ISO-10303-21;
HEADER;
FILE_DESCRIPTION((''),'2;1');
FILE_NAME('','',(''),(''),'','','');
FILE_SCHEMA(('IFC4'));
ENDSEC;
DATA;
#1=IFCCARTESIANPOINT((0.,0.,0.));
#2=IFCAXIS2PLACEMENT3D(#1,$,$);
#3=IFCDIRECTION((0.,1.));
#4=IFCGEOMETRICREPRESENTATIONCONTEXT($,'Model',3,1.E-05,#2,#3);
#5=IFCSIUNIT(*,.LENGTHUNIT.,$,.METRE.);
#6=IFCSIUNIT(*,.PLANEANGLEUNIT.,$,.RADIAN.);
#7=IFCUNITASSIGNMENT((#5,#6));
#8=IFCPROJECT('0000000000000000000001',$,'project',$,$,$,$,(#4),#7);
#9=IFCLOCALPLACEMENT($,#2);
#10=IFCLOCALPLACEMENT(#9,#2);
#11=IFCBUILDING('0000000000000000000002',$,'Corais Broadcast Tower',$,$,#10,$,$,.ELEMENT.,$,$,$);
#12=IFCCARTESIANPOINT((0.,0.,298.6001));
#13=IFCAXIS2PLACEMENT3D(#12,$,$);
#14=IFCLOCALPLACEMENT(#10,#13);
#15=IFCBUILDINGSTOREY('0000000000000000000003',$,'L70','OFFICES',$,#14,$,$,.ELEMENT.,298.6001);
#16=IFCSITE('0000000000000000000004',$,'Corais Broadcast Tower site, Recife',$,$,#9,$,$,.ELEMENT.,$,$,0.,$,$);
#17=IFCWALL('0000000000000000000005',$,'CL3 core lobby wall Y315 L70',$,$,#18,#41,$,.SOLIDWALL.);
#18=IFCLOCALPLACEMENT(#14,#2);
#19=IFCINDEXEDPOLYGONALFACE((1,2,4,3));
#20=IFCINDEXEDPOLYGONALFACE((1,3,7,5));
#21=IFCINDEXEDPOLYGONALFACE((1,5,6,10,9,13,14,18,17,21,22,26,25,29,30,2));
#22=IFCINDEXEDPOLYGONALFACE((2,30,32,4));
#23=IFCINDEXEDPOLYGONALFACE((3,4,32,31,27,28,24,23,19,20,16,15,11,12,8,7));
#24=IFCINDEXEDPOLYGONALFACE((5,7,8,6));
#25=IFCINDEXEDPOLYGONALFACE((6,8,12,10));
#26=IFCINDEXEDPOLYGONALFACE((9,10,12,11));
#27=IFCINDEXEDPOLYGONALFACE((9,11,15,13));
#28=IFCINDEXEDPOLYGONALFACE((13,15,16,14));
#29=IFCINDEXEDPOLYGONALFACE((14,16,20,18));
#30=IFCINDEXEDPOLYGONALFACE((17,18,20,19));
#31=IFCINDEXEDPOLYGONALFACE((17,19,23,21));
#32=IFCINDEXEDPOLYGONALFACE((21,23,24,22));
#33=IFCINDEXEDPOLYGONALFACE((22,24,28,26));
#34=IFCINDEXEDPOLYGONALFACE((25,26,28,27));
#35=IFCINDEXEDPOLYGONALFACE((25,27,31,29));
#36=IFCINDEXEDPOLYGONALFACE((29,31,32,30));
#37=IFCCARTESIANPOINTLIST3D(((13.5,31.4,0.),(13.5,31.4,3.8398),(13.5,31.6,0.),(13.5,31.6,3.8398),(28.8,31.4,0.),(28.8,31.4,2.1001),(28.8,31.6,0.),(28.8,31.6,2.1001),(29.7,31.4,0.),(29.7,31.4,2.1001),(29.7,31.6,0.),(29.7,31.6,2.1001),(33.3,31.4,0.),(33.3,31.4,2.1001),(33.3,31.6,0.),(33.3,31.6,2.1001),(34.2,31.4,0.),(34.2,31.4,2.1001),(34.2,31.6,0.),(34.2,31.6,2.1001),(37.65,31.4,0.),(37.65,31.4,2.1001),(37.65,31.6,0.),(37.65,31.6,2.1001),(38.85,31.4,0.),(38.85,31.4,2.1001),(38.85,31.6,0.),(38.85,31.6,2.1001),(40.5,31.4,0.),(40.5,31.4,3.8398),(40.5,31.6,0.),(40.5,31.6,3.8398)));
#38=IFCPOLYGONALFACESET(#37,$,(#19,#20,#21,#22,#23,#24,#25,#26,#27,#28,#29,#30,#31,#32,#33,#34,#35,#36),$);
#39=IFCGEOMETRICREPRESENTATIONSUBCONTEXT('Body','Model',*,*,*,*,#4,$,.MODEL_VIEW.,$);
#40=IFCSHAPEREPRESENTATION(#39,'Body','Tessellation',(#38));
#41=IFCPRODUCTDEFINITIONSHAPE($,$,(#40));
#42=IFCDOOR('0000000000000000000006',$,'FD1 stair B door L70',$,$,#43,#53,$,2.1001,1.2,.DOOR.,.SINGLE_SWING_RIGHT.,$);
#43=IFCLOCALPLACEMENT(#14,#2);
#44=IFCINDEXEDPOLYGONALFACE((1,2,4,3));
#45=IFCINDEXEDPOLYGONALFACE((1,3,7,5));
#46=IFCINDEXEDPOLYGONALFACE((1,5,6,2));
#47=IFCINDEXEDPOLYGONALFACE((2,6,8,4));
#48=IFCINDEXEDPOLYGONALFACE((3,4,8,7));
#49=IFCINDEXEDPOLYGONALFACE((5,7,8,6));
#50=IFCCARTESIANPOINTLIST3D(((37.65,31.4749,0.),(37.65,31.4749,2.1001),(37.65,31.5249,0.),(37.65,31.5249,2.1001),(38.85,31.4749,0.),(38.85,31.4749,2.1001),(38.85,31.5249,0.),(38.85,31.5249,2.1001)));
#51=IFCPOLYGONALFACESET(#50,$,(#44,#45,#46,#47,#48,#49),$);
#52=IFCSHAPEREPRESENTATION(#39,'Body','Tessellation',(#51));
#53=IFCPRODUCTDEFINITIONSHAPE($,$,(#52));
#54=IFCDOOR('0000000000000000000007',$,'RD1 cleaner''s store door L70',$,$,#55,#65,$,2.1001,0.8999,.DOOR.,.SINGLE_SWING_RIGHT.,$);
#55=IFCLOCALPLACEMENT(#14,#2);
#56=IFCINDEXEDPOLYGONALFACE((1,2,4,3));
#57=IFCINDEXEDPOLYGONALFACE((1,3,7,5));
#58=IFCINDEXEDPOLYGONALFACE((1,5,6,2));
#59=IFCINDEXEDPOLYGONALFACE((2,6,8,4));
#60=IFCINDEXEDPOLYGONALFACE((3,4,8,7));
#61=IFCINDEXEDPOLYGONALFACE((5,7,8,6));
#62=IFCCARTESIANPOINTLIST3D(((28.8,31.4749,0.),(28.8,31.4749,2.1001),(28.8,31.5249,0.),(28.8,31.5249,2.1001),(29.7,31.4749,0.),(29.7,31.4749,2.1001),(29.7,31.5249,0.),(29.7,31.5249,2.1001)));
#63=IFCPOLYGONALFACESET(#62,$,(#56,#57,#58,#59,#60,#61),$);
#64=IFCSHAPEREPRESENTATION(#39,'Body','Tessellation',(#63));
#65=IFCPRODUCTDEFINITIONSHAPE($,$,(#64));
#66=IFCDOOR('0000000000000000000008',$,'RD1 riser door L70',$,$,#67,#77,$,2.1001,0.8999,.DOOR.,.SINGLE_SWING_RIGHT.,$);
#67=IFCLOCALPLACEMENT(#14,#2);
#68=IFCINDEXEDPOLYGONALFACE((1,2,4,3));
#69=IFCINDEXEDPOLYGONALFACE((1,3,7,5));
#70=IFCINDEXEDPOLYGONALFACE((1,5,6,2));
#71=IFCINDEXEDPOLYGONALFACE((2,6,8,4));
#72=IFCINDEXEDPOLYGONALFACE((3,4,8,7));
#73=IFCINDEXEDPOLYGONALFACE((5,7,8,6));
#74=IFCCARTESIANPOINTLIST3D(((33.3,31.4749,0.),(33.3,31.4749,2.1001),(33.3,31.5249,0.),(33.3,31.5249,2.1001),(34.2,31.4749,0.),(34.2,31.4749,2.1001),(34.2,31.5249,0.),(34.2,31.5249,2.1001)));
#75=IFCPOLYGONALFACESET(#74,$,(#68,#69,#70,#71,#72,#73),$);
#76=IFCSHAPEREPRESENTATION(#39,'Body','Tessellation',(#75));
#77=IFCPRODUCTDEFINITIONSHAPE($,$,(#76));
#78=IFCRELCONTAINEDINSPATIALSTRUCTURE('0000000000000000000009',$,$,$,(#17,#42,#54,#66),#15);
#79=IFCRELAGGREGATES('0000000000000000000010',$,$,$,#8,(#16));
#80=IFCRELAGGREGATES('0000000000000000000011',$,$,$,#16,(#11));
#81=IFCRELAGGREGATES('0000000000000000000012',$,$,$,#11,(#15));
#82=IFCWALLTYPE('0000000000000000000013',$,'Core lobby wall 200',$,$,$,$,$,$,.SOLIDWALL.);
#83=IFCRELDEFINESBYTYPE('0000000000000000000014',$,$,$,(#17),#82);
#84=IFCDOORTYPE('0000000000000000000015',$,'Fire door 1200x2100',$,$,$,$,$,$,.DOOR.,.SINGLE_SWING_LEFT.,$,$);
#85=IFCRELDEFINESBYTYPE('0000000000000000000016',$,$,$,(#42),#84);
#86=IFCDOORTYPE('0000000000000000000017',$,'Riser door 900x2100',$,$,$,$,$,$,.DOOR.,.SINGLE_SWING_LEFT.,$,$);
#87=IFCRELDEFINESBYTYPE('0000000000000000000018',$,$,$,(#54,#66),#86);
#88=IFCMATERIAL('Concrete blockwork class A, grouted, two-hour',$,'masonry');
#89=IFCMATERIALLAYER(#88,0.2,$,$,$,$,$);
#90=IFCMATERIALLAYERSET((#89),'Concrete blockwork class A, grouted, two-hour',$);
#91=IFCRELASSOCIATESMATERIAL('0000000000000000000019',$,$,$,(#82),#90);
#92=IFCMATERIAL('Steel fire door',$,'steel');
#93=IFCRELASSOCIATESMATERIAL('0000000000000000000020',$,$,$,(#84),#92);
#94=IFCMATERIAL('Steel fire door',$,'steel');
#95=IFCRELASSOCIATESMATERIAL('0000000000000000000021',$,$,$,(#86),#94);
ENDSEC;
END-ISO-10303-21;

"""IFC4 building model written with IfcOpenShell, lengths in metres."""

from ifc_helpers import new_model, si_unit, direction, frame, frame_2d, origin, place, context, subcontext, project, spatial, rectangle, extrude, material, layer, layer_set, type_object, element, fill, save


model = new_model("IFC4")

# Units and contexts
model_context = context("Model", 3, precision=1e-05, world=origin(), true_north=direction((0.0, 1.0)))
body_context = subcontext(model_context, "Body", "Model", "MODEL_VIEW")
ifc_project = project(units=[si_unit("LENGTHUNIT", "METRE"), si_unit("PLANEANGLEUNIT", "RADIAN")], contexts=[model_context])

# Site, building, storey
site_placement = place(None, origin())
site = spatial("IfcSite", under=ifc_project, at=site_placement, Name="Corais Broadcast Tower site, Recife", CompositionType="ELEMENT", RefElevation=0.0)
building_placement = place(site_placement, origin())
building = spatial("IfcBuilding", under=site, at=building_placement, Name="Corais Broadcast Tower", CompositionType="ELEMENT")
storey_placement = place(building_placement, frame((0.0, 0.0, 298.6001)))
storey = spatial("IfcBuildingStorey", under=building, at=storey_placement, Name="L70", Description="OFFICES", CompositionType="ELEMENT", Elevation=298.6001)

# Wall, openings, doors
ifc_material_1 = material(Name="Concrete blockwork class A, grouted, two-hour", Category="masonry")
ifc_layer_1 = layer(ifc_material_1, 0.2)
ifc_layer_set_1 = layer_set([ifc_layer_1], Name="Concrete blockwork class A, grouted, two-hour")
wall_type_1 = type_object("IfcWallType", Name="Core lobby wall 200", PredefinedType="SOLIDWALL", material=ifc_layer_set_1)
wall_1_placement = place(storey_placement, frame((13.5, 31.5, 0.0), z_axis=(0.0, 0.0, 1.0), x_axis=(1.0, 0.0, 0.0)))
wall_1 = element("IfcWall", 1, at=wall_1_placement, inside=storey, type_object=wall_type_1, Name="CL3 core lobby wall Y315 L70", PredefinedType="SOLIDWALL", context=body_context, shape_type="SweptSolid", body=[
    extrude(rectangle(XDim=27.0, YDim=0.2, at=frame_2d((13.5, 0.0))), origin(), (0.0, 0.0, 1.0), 3.8398),
])
opening_1_placement = place(wall_1_placement, frame((24.1499, 0.0, 0.0)))
opening_1 = element("IfcOpeningElement", 2, at=opening_1_placement, cuts=wall_1, PredefinedType="OPENING", context=body_context, shape_type="SweptSolid", body=[
    extrude(rectangle(XDim=1.2, YDim=2.1001, at=frame_2d((0.6001, 1.05))), frame((0.0, 0.1099, 0.0), z_axis=(0.0, -1.0, 0.0), x_axis=(1.0, 0.0, 0.0)), (0.0, 0.0, 1.0), 0.22),
])
opening_2_placement = place(wall_1_placement, frame((15.3, 0.0, 0.0)))
opening_2 = element("IfcOpeningElement", 3, at=opening_2_placement, cuts=wall_1, PredefinedType="OPENING", context=body_context, shape_type="SweptSolid", body=[
    extrude(rectangle(XDim=0.8999, YDim=2.1001, at=frame_2d((0.45, 1.05))), frame((0.0, 0.1099, 0.0), z_axis=(0.0, -1.0, 0.0), x_axis=(1.0, 0.0, 0.0)), (0.0, 0.0, 1.0), 0.22),
])
opening_3_placement = place(wall_1_placement, frame((19.8, 0.0, 0.0)))
opening_3 = element("IfcOpeningElement", 4, at=opening_3_placement, cuts=wall_1, PredefinedType="OPENING", context=body_context, shape_type="SweptSolid", body=[
    extrude(rectangle(XDim=0.8999, YDim=2.1001, at=frame_2d((0.45, 1.05))), frame((0.0, 0.1099, 0.0), z_axis=(0.0, -1.0, 0.0), x_axis=(1.0, 0.0, 0.0)), (0.0, 0.0, 1.0), 0.22),
])
ifc_material_2 = material(Name="Steel fire door", Category="steel")
door_type_1 = type_object("IfcDoorType", Name="Fire door 1200x2100", OperationType="SINGLE_SWING_LEFT", PredefinedType="DOOR", material=ifc_material_2)
door_1_placement = place(opening_1_placement, origin())
door_1 = element("IfcDoor", 5, at=door_1_placement, inside=storey, type_object=door_type_1, Name="FD1 stair B door L70", OperationType="SINGLE_SWING_RIGHT", OverallHeight=2.1001, OverallWidth=1.2, PredefinedType="DOOR", context=body_context, shape_type="SweptSolid", body=[
    extrude(rectangle(XDim=1.2, YDim=2.1001, at=frame_2d((0.6001, 1.05))), frame((0.0, 0.0249, 0.0), z_axis=(0.0, -1.0, 0.0), x_axis=(1.0, 0.0, 0.0)), (0.0, 0.0, 1.0), 0.05),
])
fill(opening_1, door_1)
ifc_material_3 = material(Name="Steel fire door", Category="steel")
door_type_2 = type_object("IfcDoorType", Name="Riser door 900x2100", OperationType="SINGLE_SWING_LEFT", PredefinedType="DOOR", material=ifc_material_3)
door_2_placement = place(opening_2_placement, origin())
door_2 = element("IfcDoor", 6, at=door_2_placement, inside=storey, type_object=door_type_2, Name="RD1 cleaner's store door L70", OperationType="SINGLE_SWING_RIGHT", OverallHeight=2.1001, OverallWidth=0.8999, PredefinedType="DOOR", context=body_context, shape_type="SweptSolid", body=[
    extrude(rectangle(XDim=0.8999, YDim=2.1001, at=frame_2d((0.45, 1.05))), frame((0.0, 0.0249, 0.0), z_axis=(0.0, -1.0, 0.0), x_axis=(1.0, 0.0, 0.0)), (0.0, 0.0, 1.0), 0.05),
])
fill(opening_2, door_2)
door_3_placement = place(opening_3_placement, origin())
door_3 = element("IfcDoor", 7, at=door_3_placement, inside=storey, type_object=door_type_2, Name="RD1 riser door L70", OperationType="SINGLE_SWING_RIGHT", OverallHeight=2.1001, OverallWidth=0.8999, PredefinedType="DOOR", context=body_context, shape_type="SweptSolid", body=[
    extrude(rectangle(XDim=0.8999, YDim=2.1001, at=frame_2d((0.45, 1.05))), frame((0.0, 0.0249, 0.0), z_axis=(0.0, -1.0, 0.0), x_axis=(1.0, 0.0, 0.0)), (0.0, 0.0, 1.0), 0.05),
])
fill(opening_3, door_3)

save(model, "model.ifc")
